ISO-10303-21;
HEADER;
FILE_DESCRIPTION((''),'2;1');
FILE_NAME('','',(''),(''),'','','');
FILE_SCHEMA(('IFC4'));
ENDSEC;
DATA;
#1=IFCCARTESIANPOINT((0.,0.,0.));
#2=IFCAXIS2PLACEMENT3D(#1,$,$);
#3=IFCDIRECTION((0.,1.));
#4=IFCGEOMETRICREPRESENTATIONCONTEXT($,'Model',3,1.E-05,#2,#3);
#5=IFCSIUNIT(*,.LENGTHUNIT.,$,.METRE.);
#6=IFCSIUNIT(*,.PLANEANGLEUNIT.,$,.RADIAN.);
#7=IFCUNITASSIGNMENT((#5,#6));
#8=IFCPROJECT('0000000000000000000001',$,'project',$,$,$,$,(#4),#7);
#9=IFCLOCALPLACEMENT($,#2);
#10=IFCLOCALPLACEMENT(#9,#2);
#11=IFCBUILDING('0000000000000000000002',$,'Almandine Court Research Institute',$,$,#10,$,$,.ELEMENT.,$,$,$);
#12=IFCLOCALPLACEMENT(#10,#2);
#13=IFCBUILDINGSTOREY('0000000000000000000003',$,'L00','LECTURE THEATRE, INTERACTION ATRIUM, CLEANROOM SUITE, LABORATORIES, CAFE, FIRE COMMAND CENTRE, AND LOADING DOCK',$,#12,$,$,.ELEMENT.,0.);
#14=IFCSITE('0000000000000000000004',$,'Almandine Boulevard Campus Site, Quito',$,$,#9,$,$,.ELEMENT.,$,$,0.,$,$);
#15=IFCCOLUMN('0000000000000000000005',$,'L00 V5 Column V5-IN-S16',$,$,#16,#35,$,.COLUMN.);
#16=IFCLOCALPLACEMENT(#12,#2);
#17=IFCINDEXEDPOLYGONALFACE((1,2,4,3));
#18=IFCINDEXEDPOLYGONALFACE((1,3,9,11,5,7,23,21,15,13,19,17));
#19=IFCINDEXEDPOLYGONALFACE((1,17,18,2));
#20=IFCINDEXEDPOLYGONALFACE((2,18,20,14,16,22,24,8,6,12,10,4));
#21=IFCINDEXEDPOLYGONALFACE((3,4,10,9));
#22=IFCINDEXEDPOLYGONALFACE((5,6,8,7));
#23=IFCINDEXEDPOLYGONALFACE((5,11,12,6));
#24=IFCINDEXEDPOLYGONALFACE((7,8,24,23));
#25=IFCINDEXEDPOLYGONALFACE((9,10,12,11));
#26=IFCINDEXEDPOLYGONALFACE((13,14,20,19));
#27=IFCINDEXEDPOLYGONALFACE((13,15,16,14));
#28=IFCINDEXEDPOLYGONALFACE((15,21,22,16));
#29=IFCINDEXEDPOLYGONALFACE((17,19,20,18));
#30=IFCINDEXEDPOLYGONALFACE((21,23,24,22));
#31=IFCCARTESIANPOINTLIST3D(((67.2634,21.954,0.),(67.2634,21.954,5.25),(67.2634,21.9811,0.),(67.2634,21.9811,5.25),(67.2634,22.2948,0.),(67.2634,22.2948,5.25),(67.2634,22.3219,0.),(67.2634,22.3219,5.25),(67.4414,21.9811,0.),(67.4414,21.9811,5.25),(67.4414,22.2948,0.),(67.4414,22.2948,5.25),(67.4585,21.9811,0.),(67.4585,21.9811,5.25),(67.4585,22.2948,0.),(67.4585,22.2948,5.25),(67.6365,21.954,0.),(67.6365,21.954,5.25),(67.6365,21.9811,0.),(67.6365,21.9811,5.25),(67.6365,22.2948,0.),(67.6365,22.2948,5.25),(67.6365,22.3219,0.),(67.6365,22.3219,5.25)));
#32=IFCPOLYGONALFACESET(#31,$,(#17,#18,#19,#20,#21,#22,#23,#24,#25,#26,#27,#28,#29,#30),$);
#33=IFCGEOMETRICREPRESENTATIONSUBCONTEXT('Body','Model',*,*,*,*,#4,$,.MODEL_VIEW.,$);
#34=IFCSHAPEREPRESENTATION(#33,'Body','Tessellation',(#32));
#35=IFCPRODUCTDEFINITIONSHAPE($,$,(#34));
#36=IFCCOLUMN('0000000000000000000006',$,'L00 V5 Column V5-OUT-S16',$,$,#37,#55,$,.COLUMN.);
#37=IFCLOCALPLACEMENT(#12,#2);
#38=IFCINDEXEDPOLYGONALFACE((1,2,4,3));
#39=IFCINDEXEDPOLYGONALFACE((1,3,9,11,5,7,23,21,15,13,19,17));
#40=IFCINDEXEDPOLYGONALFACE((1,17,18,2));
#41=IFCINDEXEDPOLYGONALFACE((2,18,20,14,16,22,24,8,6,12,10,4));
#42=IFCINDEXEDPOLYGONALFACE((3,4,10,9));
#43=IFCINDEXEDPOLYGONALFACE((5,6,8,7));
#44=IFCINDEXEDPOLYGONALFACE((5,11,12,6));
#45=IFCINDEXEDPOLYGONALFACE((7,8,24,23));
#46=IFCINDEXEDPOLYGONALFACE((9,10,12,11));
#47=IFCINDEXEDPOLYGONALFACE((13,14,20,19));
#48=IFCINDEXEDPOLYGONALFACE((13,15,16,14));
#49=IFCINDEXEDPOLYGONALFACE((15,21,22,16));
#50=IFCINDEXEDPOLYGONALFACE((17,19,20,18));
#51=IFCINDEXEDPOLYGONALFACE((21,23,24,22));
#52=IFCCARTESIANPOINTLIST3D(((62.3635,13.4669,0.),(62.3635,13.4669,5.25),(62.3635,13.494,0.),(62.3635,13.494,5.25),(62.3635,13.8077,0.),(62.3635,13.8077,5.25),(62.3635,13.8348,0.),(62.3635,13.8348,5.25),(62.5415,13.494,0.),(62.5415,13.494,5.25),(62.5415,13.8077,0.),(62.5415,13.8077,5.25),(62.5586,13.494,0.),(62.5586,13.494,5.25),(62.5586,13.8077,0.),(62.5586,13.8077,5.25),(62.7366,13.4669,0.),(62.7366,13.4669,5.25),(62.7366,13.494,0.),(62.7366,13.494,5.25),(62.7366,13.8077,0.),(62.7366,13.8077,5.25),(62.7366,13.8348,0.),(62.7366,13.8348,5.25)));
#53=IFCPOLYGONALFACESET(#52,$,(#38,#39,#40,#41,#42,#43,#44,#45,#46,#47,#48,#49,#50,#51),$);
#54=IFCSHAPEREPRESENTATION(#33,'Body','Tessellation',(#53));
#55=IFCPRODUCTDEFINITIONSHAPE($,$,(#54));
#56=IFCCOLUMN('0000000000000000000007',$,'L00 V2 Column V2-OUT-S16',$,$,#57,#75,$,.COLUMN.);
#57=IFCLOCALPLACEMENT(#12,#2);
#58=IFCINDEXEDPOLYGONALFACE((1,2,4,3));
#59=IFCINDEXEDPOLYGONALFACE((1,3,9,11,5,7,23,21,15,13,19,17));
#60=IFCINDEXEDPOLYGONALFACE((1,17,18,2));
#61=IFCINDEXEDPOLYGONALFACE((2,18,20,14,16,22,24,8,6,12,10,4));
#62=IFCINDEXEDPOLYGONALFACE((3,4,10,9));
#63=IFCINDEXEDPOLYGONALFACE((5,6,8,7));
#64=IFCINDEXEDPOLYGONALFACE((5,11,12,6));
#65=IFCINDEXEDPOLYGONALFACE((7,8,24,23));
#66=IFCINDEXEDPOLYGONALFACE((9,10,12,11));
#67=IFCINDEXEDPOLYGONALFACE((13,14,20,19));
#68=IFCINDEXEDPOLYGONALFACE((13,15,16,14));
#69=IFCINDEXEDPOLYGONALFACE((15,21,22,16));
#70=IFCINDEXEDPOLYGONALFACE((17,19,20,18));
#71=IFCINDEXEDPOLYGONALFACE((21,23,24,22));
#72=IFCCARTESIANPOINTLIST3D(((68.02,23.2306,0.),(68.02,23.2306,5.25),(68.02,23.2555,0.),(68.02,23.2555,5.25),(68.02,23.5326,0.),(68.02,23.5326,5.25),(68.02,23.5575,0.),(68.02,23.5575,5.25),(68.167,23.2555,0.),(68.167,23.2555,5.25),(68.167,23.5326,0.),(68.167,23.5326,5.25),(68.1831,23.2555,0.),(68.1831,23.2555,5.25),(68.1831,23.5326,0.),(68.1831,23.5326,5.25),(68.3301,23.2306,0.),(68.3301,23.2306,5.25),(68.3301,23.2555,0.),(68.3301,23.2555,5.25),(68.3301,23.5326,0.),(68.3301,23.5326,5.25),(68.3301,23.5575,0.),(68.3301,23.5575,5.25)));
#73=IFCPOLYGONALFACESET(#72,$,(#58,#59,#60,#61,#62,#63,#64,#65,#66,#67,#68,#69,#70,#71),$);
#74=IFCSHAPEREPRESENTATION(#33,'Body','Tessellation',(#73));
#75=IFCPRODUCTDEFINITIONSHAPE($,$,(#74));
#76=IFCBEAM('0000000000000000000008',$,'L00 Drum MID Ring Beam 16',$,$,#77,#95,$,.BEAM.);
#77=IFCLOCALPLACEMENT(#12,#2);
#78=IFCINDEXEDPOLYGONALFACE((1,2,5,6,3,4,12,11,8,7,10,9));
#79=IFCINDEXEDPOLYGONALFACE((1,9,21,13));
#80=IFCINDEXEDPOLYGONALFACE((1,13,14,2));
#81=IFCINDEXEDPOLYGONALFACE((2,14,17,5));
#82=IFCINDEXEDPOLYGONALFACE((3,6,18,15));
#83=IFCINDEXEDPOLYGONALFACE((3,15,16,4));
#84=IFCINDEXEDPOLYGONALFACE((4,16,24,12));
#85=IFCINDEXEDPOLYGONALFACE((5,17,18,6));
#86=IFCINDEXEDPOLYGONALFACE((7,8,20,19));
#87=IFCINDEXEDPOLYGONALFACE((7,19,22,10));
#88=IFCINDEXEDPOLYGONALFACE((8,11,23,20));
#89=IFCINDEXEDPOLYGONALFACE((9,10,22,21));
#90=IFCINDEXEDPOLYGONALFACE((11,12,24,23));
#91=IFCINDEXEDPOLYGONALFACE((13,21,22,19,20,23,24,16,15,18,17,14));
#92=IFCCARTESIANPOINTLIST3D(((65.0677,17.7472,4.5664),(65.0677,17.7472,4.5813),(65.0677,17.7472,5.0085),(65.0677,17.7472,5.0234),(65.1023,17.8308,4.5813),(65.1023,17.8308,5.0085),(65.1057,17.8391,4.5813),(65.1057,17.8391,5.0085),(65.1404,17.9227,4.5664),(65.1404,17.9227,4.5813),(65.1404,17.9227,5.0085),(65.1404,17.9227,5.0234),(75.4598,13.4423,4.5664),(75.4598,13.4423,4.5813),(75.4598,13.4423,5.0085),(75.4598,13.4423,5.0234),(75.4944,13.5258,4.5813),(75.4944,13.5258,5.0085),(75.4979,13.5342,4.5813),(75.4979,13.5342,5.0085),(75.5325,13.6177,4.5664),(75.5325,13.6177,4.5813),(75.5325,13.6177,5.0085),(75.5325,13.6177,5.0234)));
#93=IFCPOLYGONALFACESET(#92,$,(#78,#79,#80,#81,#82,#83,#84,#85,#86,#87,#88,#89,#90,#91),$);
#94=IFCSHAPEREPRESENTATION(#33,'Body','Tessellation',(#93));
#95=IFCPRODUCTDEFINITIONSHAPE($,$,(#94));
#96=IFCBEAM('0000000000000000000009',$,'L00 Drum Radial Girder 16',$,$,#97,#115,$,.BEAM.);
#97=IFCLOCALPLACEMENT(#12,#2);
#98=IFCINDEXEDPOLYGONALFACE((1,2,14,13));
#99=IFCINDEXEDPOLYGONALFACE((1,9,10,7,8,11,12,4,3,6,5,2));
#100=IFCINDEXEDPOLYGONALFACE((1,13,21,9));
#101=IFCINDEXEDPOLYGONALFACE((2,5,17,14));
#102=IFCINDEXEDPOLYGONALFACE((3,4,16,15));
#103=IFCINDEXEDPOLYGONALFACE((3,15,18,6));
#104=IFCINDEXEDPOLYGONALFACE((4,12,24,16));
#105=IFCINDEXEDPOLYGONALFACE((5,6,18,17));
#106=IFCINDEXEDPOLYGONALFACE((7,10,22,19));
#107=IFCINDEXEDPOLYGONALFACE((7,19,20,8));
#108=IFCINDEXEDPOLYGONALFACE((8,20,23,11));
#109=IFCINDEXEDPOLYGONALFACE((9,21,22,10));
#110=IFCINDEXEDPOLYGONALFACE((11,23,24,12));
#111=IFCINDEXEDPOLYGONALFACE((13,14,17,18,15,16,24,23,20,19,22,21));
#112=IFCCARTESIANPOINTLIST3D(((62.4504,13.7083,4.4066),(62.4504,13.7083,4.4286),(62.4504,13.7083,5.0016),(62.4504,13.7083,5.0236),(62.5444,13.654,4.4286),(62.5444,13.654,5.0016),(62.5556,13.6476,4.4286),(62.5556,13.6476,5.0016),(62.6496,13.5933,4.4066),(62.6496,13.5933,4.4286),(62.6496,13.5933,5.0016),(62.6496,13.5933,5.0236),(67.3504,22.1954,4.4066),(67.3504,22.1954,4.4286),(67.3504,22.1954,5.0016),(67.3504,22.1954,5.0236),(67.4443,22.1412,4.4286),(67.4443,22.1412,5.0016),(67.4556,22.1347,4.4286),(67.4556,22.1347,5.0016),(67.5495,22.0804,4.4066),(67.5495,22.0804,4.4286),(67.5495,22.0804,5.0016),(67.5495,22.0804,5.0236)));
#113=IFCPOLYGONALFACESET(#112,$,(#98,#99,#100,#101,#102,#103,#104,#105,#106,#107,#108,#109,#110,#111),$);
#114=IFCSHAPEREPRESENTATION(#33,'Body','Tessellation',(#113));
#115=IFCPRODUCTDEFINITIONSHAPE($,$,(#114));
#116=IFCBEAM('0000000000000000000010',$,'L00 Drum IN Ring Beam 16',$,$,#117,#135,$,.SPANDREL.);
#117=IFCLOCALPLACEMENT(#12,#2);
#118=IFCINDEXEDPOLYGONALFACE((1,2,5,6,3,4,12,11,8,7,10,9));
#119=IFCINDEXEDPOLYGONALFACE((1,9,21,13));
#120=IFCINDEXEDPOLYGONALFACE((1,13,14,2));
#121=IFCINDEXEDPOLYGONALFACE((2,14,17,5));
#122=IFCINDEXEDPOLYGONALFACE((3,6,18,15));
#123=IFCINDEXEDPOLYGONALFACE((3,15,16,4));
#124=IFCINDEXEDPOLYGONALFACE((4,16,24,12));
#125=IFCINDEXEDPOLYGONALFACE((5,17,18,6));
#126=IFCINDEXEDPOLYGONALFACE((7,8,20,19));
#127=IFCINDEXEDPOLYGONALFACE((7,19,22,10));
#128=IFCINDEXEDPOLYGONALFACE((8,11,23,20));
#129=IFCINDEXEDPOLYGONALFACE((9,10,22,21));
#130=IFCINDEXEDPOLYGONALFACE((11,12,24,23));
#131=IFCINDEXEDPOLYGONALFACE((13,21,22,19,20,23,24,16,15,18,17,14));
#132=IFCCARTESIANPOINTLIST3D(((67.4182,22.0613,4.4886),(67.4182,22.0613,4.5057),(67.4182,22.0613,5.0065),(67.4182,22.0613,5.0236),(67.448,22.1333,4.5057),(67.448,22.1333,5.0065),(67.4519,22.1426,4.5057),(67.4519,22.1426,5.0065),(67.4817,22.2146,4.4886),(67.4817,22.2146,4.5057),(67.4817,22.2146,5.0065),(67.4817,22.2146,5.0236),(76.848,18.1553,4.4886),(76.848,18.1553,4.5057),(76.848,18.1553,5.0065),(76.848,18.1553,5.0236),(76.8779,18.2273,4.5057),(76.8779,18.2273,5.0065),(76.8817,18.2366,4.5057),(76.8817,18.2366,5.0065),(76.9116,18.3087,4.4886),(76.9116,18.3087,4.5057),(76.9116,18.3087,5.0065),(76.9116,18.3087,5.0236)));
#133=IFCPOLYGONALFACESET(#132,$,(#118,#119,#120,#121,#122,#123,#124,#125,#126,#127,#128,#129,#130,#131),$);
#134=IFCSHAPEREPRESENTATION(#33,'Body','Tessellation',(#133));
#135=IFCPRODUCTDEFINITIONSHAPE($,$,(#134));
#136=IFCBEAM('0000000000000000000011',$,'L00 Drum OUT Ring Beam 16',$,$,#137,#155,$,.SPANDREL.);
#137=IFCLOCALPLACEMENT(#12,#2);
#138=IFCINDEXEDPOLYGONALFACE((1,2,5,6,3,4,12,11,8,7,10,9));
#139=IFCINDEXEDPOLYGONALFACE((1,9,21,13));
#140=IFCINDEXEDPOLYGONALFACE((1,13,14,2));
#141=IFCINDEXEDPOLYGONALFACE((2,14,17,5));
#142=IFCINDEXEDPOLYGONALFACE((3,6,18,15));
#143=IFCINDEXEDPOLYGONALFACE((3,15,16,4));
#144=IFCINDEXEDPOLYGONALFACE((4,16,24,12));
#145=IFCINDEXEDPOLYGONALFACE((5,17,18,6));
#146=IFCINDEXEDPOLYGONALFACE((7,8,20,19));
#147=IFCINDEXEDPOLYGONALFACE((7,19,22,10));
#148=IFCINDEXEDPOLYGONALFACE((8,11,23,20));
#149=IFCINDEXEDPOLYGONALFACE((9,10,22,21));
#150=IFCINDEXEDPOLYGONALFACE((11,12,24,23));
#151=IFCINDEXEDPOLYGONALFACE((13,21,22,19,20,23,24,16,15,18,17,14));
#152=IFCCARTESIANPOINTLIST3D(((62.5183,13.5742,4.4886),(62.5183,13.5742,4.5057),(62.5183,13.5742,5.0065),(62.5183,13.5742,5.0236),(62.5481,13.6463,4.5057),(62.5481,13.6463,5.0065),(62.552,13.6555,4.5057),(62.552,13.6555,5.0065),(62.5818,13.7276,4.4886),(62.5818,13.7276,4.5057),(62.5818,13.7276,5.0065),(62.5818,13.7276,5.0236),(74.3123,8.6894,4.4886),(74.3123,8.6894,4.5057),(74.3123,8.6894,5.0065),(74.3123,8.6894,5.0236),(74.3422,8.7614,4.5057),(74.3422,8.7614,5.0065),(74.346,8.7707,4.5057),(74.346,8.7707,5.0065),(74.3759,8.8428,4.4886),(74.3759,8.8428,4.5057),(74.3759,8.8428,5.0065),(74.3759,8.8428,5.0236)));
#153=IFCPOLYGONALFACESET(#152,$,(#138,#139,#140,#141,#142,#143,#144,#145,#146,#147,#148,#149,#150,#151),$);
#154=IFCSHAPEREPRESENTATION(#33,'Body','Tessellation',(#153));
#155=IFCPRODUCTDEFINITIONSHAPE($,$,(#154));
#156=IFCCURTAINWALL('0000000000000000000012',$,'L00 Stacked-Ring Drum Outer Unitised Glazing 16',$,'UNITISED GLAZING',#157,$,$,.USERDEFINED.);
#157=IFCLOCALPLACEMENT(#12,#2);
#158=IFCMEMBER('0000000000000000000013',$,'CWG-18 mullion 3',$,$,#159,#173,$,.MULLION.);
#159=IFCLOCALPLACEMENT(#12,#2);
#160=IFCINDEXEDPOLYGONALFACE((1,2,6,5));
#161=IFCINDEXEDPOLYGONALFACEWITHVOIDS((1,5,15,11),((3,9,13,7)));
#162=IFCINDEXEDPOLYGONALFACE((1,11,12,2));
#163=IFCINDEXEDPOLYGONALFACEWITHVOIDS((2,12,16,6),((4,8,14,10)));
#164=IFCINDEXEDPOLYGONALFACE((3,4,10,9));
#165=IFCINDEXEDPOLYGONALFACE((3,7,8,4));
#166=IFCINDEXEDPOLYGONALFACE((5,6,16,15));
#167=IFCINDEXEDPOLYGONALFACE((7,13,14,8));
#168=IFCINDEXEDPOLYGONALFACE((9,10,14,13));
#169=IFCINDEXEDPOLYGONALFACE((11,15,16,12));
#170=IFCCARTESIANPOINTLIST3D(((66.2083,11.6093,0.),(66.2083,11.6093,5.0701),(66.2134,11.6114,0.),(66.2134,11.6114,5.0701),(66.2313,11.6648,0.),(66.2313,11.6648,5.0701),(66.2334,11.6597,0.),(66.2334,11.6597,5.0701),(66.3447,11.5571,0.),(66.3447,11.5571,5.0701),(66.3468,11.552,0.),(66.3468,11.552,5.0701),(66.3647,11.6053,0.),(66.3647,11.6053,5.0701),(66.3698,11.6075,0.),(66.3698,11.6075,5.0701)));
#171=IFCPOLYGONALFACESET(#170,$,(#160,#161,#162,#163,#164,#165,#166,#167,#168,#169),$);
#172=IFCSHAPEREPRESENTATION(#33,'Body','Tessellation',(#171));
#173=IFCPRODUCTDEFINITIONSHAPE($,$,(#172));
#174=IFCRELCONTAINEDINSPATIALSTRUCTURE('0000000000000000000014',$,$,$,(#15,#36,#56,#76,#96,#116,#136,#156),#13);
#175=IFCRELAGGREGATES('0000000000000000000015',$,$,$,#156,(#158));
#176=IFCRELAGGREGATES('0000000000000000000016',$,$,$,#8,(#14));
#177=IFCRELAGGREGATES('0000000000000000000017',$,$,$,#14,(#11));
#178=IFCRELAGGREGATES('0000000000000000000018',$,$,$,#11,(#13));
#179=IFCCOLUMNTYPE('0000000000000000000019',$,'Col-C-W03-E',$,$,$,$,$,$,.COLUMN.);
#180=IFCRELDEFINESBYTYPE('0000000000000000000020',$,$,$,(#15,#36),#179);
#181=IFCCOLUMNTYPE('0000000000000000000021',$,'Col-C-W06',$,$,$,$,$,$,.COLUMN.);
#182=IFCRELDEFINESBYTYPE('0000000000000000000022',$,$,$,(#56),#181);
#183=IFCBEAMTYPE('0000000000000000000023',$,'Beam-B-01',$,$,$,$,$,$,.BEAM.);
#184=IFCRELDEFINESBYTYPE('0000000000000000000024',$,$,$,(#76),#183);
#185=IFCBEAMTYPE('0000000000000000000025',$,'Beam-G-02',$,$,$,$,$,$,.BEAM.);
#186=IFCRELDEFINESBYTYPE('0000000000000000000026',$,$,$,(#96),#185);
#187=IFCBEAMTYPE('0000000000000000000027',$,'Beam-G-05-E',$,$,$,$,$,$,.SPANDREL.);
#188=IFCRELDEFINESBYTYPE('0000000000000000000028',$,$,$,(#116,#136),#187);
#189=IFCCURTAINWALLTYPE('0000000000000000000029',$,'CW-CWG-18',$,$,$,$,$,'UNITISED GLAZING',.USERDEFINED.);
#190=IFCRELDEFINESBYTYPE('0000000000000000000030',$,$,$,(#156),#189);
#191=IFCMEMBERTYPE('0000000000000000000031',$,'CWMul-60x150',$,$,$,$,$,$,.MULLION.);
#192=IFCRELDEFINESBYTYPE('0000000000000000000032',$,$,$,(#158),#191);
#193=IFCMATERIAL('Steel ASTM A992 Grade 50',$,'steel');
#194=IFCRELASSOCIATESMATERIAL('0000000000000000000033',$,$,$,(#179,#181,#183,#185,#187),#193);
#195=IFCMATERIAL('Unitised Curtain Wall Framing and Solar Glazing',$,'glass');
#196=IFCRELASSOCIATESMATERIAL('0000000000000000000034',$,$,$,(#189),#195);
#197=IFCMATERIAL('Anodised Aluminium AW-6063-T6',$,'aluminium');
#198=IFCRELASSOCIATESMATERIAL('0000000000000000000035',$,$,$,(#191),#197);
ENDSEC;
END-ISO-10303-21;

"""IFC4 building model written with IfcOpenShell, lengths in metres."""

from ifc_helpers import new_model, si_unit, direction, frame, origin, origin_2d, place, context, subcontext, project, spatial, hollow_rectangle, i_section, extrude, material, material_profile, profile_set, type_object, element, aggregate, save


model = new_model("IFC4")

# Units and contexts
model_context = context("Model", 3, precision=1e-05, world=origin(), true_north=direction((0.0, 1.0)))
body_context = subcontext(model_context, "Body", "Model", "MODEL_VIEW")
ifc_project = project(units=[si_unit("LENGTHUNIT", "METRE"), si_unit("PLANEANGLEUNIT", "RADIAN")], contexts=[model_context])

# Site, building, storey
site_placement = place(None, origin())
site = spatial("IfcSite", under=ifc_project, at=site_placement, Name="Almandine Boulevard Campus Site, Quito", CompositionType="ELEMENT", RefElevation=0.0)
building_placement = place(site_placement, origin())
building = spatial("IfcBuilding", under=site, at=building_placement, Name="Almandine Court Research Institute", CompositionType="ELEMENT")
storey_placement = place(building_placement, origin())
storey = spatial("IfcBuildingStorey", under=building, at=storey_placement, Name="L00", Description="LECTURE THEATRE, INTERACTION ATRIUM, CLEANROOM SUITE, LABORATORIES, CAFE, FIRE COMMAND CENTRE, AND LOADING DOCK", CompositionType="ELEMENT", Elevation=0.0)

# Columns
ifc_material_1 = material(Name="Steel ASTM A992 Grade 50", Category="steel")
ifc_material_profile_1 = material_profile(ifc_material_1, i_section(OverallWidth=0.373, OverallDepth=0.3679, WebThickness=0.0171, FlangeThickness=0.0271, at=origin_2d()), Name="W360x179")
ifc_profile_set_1 = profile_set([ifc_material_profile_1], Name="Steel ASTM A992 Grade 50")
column_type_1 = type_object("IfcColumnType", Name="Col-C-W03-E", PredefinedType="COLUMN", material=ifc_profile_set_1)
for number, where, z_axis, x_axis, name in (
    (1, (67.45, 22.1379, 0.0), (0.0, 0.0, 1.0), (1.0, 0.0, 0.0), "L00 V5 Column V5-IN-S16"),
    (2, (62.55, 13.6509, 0.0), (0.0, 0.0, 1.0), (1.0, 0.0, 0.0), "L00 V5 Column V5-OUT-S16"),
):
    element("IfcColumn", number, at=place(storey_placement, frame(where, z_axis=z_axis, x_axis=x_axis)), inside=storey, type_object=column_type_1, Name=name, PredefinedType="COLUMN", context=body_context, shape_type="SweptSolid", body=[
        extrude(i_section(OverallWidth=0.373, OverallDepth=0.3679, WebThickness=0.0171, FlangeThickness=0.0271, at=origin_2d()), origin(), (0.0, 0.0, 1.0), 5.25),
    ])
ifc_material_profile_2 = material_profile(ifc_material_1, i_section(OverallWidth=0.3101, OverallDepth=0.3269, WebThickness=0.0161, FlangeThickness=0.0249, at=origin_2d()), Name="W310x158")
ifc_profile_set_2 = profile_set([ifc_material_profile_2], Name="Steel ASTM A992 Grade 50")
column_type_2 = type_object("IfcColumnType", Name="Col-C-W06", PredefinedType="COLUMN", material=ifc_profile_set_2)
column_placement = place(storey_placement, frame((68.175, 23.394, 0.0), z_axis=(0.0, 0.0, 1.0), x_axis=(1.0, 0.0, 0.0)))
element("IfcColumn", 3, at=column_placement, inside=storey, type_object=column_type_2, Name="L00 V2 Column V2-OUT-S16", PredefinedType="COLUMN", context=body_context, shape_type="SweptSolid", body=[
    extrude(i_section(OverallWidth=0.3101, OverallDepth=0.3269, WebThickness=0.0161, FlangeThickness=0.0249, at=origin_2d()), origin(), (0.0, 0.0, 1.0), 5.25),
])

# Beams
ifc_material_profile_3 = material_profile(ifc_material_1, i_section(OverallWidth=0.1899, OverallDepth=0.457, WebThickness=0.009, FlangeThickness=0.0149, at=origin_2d()), Name="W460x74")
ifc_profile_set_3 = profile_set([ifc_material_profile_3], Name="Steel ASTM A992 Grade 50")
beam_type_1 = type_object("IfcBeamType", Name="Beam-B-01", PredefinedType="BEAM", material=ifc_profile_set_3)
beam_1_placement = place(storey_placement, frame((65.104, 17.835, 4.7949), z_axis=(0.923867, -0.382713, 0.0), x_axis=(0.382713, 0.923867, 0.0)))
element("IfcBeam", 4, at=beam_1_placement, inside=storey, type_object=beam_type_1, Name="L00 Drum MID Ring Beam 16", PredefinedType="BEAM", context=body_context, shape_type="SweptSolid", body=[
    extrude(i_section(OverallWidth=0.1899, OverallDepth=0.457, WebThickness=0.009, FlangeThickness=0.0149, at=origin_2d()), origin(), (0.0, 0.0, 1.0), 11.2485),
])
ifc_material_profile_4 = material_profile(ifc_material_1, i_section(OverallWidth=0.23, OverallDepth=0.6169, WebThickness=0.0129, FlangeThickness=0.022, at=origin_2d()), Name="W610x140")
ifc_profile_set_4 = profile_set([ifc_material_profile_4], Name="Steel ASTM A992 Grade 50")
beam_type_2 = type_object("IfcBeamType", Name="Beam-G-02", PredefinedType="BEAM", material=ifc_profile_set_4)
beam_2_placement = place(storey_placement, frame((67.45, 22.1379, 4.7151), z_axis=(-0.499992, -0.86603, 0.0), x_axis=(0.86603, -0.499992, 0.0)))
element("IfcBeam", 5, at=beam_2_placement, inside=storey, type_object=beam_type_2, Name="L00 Drum Radial Girder 16", PredefinedType="BEAM", context=body_context, shape_type="SweptSolid", body=[
    extrude(i_section(OverallWidth=0.23, OverallDepth=0.6169, WebThickness=0.0129, FlangeThickness=0.022, at=origin_2d()), origin(), (0.0, 0.0, 1.0), 9.8),
])
ifc_material_profile_5 = material_profile(ifc_material_1, i_section(OverallWidth=0.166, OverallDepth=0.5349, WebThickness=0.01, FlangeThickness=0.0171, at=origin_2d()), Name="W530x85")
ifc_profile_set_5 = profile_set([ifc_material_profile_5], Name="Steel ASTM A992 Grade 50")
beam_type_3 = type_object("IfcBeamType", Name="Beam-G-05-E", PredefinedType="SPANDREL", material=ifc_profile_set_5)
beam_3_placement = place(storey_placement, frame((67.45, 22.1379, 4.7561), z_axis=(0.92388, -0.382683, 0.0), x_axis=(0.382683, 0.92388, 0.0)))
element("IfcBeam", 6, at=beam_3_placement, inside=storey, type_object=beam_type_3, Name="L00 Drum IN Ring Beam 16", PredefinedType="SPANDREL", context=body_context, shape_type="SweptSolid", body=[
    extrude(i_section(OverallWidth=0.166, OverallDepth=0.5349, WebThickness=0.01, FlangeThickness=0.0171, at=origin_2d()), origin(), (0.0, 0.0, 1.0), 10.2068),
])
beam_4_placement = place(storey_placement, frame((62.55, 13.6509, 4.7561), z_axis=(0.923892, -0.382654, 0.0), x_axis=(0.382654, 0.923892, 0.0)))
element("IfcBeam", 7, at=beam_4_placement, inside=storey, type_object=beam_type_3, Name="L00 Drum OUT Ring Beam 16", PredefinedType="SPANDREL", context=body_context, shape_type="SweptSolid", body=[
    extrude(i_section(OverallWidth=0.166, OverallDepth=0.5349, WebThickness=0.01, FlangeThickness=0.0171, at=origin_2d()), origin(), (0.0, 0.0, 1.0), 12.7656),
])

# Curtain wall, member
ifc_material_2 = material(Name="Unitised Curtain Wall Framing and Solar Glazing", Category="glass")
curtain_wall_type_1 = type_object("IfcCurtainWallType", Name="CW-CWG-18", ElementType="UNITISED GLAZING", PredefinedType="USERDEFINED", material=ifc_material_2)
curtain_wall_1_placement = place(storey_placement, origin())
curtain_wall_1 = element("IfcCurtainWall", 8, at=curtain_wall_1_placement, inside=storey, type_object=curtain_wall_type_1, Name="L00 Stacked-Ring Drum Outer Unitised Glazing 16", ObjectType="UNITISED GLAZING", PredefinedType="USERDEFINED")
ifc_material_3 = material(Name="Anodised Aluminium AW-6063-T6", Category="aluminium")
ifc_material_profile_6 = material_profile(ifc_material_3, hollow_rectangle(XDim=0.0601, YDim=0.1499, WallThickness=0.0039, at=origin_2d()), Name="ALU RHS 60x150x4")
ifc_profile_set_6 = profile_set([ifc_material_profile_6], Name="Anodised Aluminium AW-6063-T6")
member_type_1 = type_object("IfcMemberType", Name="CWMul-60x150", PredefinedType="MULLION", material=ifc_profile_set_6)
member_1_placement = place(storey_placement, frame((66.2891, 11.6084, 0.0), z_axis=(0.0, 0.0, 1.0), x_axis=(-0.382663, -0.923888, 0.0)))
member_1 = element("IfcMember", 9, at=member_1_placement, type_object=member_type_1, Name="CWG-18 mullion 3", PredefinedType="MULLION", context=body_context, shape_type="SweptSolid", body=[
    extrude(hollow_rectangle(XDim=0.0601, YDim=0.1499, WallThickness=0.0039, at=origin_2d()), origin(), (0.0, 0.0, 1.0), 5.0701),
])

aggregate(curtain_wall_1, [member_1])

save(model, "model.ifc")
